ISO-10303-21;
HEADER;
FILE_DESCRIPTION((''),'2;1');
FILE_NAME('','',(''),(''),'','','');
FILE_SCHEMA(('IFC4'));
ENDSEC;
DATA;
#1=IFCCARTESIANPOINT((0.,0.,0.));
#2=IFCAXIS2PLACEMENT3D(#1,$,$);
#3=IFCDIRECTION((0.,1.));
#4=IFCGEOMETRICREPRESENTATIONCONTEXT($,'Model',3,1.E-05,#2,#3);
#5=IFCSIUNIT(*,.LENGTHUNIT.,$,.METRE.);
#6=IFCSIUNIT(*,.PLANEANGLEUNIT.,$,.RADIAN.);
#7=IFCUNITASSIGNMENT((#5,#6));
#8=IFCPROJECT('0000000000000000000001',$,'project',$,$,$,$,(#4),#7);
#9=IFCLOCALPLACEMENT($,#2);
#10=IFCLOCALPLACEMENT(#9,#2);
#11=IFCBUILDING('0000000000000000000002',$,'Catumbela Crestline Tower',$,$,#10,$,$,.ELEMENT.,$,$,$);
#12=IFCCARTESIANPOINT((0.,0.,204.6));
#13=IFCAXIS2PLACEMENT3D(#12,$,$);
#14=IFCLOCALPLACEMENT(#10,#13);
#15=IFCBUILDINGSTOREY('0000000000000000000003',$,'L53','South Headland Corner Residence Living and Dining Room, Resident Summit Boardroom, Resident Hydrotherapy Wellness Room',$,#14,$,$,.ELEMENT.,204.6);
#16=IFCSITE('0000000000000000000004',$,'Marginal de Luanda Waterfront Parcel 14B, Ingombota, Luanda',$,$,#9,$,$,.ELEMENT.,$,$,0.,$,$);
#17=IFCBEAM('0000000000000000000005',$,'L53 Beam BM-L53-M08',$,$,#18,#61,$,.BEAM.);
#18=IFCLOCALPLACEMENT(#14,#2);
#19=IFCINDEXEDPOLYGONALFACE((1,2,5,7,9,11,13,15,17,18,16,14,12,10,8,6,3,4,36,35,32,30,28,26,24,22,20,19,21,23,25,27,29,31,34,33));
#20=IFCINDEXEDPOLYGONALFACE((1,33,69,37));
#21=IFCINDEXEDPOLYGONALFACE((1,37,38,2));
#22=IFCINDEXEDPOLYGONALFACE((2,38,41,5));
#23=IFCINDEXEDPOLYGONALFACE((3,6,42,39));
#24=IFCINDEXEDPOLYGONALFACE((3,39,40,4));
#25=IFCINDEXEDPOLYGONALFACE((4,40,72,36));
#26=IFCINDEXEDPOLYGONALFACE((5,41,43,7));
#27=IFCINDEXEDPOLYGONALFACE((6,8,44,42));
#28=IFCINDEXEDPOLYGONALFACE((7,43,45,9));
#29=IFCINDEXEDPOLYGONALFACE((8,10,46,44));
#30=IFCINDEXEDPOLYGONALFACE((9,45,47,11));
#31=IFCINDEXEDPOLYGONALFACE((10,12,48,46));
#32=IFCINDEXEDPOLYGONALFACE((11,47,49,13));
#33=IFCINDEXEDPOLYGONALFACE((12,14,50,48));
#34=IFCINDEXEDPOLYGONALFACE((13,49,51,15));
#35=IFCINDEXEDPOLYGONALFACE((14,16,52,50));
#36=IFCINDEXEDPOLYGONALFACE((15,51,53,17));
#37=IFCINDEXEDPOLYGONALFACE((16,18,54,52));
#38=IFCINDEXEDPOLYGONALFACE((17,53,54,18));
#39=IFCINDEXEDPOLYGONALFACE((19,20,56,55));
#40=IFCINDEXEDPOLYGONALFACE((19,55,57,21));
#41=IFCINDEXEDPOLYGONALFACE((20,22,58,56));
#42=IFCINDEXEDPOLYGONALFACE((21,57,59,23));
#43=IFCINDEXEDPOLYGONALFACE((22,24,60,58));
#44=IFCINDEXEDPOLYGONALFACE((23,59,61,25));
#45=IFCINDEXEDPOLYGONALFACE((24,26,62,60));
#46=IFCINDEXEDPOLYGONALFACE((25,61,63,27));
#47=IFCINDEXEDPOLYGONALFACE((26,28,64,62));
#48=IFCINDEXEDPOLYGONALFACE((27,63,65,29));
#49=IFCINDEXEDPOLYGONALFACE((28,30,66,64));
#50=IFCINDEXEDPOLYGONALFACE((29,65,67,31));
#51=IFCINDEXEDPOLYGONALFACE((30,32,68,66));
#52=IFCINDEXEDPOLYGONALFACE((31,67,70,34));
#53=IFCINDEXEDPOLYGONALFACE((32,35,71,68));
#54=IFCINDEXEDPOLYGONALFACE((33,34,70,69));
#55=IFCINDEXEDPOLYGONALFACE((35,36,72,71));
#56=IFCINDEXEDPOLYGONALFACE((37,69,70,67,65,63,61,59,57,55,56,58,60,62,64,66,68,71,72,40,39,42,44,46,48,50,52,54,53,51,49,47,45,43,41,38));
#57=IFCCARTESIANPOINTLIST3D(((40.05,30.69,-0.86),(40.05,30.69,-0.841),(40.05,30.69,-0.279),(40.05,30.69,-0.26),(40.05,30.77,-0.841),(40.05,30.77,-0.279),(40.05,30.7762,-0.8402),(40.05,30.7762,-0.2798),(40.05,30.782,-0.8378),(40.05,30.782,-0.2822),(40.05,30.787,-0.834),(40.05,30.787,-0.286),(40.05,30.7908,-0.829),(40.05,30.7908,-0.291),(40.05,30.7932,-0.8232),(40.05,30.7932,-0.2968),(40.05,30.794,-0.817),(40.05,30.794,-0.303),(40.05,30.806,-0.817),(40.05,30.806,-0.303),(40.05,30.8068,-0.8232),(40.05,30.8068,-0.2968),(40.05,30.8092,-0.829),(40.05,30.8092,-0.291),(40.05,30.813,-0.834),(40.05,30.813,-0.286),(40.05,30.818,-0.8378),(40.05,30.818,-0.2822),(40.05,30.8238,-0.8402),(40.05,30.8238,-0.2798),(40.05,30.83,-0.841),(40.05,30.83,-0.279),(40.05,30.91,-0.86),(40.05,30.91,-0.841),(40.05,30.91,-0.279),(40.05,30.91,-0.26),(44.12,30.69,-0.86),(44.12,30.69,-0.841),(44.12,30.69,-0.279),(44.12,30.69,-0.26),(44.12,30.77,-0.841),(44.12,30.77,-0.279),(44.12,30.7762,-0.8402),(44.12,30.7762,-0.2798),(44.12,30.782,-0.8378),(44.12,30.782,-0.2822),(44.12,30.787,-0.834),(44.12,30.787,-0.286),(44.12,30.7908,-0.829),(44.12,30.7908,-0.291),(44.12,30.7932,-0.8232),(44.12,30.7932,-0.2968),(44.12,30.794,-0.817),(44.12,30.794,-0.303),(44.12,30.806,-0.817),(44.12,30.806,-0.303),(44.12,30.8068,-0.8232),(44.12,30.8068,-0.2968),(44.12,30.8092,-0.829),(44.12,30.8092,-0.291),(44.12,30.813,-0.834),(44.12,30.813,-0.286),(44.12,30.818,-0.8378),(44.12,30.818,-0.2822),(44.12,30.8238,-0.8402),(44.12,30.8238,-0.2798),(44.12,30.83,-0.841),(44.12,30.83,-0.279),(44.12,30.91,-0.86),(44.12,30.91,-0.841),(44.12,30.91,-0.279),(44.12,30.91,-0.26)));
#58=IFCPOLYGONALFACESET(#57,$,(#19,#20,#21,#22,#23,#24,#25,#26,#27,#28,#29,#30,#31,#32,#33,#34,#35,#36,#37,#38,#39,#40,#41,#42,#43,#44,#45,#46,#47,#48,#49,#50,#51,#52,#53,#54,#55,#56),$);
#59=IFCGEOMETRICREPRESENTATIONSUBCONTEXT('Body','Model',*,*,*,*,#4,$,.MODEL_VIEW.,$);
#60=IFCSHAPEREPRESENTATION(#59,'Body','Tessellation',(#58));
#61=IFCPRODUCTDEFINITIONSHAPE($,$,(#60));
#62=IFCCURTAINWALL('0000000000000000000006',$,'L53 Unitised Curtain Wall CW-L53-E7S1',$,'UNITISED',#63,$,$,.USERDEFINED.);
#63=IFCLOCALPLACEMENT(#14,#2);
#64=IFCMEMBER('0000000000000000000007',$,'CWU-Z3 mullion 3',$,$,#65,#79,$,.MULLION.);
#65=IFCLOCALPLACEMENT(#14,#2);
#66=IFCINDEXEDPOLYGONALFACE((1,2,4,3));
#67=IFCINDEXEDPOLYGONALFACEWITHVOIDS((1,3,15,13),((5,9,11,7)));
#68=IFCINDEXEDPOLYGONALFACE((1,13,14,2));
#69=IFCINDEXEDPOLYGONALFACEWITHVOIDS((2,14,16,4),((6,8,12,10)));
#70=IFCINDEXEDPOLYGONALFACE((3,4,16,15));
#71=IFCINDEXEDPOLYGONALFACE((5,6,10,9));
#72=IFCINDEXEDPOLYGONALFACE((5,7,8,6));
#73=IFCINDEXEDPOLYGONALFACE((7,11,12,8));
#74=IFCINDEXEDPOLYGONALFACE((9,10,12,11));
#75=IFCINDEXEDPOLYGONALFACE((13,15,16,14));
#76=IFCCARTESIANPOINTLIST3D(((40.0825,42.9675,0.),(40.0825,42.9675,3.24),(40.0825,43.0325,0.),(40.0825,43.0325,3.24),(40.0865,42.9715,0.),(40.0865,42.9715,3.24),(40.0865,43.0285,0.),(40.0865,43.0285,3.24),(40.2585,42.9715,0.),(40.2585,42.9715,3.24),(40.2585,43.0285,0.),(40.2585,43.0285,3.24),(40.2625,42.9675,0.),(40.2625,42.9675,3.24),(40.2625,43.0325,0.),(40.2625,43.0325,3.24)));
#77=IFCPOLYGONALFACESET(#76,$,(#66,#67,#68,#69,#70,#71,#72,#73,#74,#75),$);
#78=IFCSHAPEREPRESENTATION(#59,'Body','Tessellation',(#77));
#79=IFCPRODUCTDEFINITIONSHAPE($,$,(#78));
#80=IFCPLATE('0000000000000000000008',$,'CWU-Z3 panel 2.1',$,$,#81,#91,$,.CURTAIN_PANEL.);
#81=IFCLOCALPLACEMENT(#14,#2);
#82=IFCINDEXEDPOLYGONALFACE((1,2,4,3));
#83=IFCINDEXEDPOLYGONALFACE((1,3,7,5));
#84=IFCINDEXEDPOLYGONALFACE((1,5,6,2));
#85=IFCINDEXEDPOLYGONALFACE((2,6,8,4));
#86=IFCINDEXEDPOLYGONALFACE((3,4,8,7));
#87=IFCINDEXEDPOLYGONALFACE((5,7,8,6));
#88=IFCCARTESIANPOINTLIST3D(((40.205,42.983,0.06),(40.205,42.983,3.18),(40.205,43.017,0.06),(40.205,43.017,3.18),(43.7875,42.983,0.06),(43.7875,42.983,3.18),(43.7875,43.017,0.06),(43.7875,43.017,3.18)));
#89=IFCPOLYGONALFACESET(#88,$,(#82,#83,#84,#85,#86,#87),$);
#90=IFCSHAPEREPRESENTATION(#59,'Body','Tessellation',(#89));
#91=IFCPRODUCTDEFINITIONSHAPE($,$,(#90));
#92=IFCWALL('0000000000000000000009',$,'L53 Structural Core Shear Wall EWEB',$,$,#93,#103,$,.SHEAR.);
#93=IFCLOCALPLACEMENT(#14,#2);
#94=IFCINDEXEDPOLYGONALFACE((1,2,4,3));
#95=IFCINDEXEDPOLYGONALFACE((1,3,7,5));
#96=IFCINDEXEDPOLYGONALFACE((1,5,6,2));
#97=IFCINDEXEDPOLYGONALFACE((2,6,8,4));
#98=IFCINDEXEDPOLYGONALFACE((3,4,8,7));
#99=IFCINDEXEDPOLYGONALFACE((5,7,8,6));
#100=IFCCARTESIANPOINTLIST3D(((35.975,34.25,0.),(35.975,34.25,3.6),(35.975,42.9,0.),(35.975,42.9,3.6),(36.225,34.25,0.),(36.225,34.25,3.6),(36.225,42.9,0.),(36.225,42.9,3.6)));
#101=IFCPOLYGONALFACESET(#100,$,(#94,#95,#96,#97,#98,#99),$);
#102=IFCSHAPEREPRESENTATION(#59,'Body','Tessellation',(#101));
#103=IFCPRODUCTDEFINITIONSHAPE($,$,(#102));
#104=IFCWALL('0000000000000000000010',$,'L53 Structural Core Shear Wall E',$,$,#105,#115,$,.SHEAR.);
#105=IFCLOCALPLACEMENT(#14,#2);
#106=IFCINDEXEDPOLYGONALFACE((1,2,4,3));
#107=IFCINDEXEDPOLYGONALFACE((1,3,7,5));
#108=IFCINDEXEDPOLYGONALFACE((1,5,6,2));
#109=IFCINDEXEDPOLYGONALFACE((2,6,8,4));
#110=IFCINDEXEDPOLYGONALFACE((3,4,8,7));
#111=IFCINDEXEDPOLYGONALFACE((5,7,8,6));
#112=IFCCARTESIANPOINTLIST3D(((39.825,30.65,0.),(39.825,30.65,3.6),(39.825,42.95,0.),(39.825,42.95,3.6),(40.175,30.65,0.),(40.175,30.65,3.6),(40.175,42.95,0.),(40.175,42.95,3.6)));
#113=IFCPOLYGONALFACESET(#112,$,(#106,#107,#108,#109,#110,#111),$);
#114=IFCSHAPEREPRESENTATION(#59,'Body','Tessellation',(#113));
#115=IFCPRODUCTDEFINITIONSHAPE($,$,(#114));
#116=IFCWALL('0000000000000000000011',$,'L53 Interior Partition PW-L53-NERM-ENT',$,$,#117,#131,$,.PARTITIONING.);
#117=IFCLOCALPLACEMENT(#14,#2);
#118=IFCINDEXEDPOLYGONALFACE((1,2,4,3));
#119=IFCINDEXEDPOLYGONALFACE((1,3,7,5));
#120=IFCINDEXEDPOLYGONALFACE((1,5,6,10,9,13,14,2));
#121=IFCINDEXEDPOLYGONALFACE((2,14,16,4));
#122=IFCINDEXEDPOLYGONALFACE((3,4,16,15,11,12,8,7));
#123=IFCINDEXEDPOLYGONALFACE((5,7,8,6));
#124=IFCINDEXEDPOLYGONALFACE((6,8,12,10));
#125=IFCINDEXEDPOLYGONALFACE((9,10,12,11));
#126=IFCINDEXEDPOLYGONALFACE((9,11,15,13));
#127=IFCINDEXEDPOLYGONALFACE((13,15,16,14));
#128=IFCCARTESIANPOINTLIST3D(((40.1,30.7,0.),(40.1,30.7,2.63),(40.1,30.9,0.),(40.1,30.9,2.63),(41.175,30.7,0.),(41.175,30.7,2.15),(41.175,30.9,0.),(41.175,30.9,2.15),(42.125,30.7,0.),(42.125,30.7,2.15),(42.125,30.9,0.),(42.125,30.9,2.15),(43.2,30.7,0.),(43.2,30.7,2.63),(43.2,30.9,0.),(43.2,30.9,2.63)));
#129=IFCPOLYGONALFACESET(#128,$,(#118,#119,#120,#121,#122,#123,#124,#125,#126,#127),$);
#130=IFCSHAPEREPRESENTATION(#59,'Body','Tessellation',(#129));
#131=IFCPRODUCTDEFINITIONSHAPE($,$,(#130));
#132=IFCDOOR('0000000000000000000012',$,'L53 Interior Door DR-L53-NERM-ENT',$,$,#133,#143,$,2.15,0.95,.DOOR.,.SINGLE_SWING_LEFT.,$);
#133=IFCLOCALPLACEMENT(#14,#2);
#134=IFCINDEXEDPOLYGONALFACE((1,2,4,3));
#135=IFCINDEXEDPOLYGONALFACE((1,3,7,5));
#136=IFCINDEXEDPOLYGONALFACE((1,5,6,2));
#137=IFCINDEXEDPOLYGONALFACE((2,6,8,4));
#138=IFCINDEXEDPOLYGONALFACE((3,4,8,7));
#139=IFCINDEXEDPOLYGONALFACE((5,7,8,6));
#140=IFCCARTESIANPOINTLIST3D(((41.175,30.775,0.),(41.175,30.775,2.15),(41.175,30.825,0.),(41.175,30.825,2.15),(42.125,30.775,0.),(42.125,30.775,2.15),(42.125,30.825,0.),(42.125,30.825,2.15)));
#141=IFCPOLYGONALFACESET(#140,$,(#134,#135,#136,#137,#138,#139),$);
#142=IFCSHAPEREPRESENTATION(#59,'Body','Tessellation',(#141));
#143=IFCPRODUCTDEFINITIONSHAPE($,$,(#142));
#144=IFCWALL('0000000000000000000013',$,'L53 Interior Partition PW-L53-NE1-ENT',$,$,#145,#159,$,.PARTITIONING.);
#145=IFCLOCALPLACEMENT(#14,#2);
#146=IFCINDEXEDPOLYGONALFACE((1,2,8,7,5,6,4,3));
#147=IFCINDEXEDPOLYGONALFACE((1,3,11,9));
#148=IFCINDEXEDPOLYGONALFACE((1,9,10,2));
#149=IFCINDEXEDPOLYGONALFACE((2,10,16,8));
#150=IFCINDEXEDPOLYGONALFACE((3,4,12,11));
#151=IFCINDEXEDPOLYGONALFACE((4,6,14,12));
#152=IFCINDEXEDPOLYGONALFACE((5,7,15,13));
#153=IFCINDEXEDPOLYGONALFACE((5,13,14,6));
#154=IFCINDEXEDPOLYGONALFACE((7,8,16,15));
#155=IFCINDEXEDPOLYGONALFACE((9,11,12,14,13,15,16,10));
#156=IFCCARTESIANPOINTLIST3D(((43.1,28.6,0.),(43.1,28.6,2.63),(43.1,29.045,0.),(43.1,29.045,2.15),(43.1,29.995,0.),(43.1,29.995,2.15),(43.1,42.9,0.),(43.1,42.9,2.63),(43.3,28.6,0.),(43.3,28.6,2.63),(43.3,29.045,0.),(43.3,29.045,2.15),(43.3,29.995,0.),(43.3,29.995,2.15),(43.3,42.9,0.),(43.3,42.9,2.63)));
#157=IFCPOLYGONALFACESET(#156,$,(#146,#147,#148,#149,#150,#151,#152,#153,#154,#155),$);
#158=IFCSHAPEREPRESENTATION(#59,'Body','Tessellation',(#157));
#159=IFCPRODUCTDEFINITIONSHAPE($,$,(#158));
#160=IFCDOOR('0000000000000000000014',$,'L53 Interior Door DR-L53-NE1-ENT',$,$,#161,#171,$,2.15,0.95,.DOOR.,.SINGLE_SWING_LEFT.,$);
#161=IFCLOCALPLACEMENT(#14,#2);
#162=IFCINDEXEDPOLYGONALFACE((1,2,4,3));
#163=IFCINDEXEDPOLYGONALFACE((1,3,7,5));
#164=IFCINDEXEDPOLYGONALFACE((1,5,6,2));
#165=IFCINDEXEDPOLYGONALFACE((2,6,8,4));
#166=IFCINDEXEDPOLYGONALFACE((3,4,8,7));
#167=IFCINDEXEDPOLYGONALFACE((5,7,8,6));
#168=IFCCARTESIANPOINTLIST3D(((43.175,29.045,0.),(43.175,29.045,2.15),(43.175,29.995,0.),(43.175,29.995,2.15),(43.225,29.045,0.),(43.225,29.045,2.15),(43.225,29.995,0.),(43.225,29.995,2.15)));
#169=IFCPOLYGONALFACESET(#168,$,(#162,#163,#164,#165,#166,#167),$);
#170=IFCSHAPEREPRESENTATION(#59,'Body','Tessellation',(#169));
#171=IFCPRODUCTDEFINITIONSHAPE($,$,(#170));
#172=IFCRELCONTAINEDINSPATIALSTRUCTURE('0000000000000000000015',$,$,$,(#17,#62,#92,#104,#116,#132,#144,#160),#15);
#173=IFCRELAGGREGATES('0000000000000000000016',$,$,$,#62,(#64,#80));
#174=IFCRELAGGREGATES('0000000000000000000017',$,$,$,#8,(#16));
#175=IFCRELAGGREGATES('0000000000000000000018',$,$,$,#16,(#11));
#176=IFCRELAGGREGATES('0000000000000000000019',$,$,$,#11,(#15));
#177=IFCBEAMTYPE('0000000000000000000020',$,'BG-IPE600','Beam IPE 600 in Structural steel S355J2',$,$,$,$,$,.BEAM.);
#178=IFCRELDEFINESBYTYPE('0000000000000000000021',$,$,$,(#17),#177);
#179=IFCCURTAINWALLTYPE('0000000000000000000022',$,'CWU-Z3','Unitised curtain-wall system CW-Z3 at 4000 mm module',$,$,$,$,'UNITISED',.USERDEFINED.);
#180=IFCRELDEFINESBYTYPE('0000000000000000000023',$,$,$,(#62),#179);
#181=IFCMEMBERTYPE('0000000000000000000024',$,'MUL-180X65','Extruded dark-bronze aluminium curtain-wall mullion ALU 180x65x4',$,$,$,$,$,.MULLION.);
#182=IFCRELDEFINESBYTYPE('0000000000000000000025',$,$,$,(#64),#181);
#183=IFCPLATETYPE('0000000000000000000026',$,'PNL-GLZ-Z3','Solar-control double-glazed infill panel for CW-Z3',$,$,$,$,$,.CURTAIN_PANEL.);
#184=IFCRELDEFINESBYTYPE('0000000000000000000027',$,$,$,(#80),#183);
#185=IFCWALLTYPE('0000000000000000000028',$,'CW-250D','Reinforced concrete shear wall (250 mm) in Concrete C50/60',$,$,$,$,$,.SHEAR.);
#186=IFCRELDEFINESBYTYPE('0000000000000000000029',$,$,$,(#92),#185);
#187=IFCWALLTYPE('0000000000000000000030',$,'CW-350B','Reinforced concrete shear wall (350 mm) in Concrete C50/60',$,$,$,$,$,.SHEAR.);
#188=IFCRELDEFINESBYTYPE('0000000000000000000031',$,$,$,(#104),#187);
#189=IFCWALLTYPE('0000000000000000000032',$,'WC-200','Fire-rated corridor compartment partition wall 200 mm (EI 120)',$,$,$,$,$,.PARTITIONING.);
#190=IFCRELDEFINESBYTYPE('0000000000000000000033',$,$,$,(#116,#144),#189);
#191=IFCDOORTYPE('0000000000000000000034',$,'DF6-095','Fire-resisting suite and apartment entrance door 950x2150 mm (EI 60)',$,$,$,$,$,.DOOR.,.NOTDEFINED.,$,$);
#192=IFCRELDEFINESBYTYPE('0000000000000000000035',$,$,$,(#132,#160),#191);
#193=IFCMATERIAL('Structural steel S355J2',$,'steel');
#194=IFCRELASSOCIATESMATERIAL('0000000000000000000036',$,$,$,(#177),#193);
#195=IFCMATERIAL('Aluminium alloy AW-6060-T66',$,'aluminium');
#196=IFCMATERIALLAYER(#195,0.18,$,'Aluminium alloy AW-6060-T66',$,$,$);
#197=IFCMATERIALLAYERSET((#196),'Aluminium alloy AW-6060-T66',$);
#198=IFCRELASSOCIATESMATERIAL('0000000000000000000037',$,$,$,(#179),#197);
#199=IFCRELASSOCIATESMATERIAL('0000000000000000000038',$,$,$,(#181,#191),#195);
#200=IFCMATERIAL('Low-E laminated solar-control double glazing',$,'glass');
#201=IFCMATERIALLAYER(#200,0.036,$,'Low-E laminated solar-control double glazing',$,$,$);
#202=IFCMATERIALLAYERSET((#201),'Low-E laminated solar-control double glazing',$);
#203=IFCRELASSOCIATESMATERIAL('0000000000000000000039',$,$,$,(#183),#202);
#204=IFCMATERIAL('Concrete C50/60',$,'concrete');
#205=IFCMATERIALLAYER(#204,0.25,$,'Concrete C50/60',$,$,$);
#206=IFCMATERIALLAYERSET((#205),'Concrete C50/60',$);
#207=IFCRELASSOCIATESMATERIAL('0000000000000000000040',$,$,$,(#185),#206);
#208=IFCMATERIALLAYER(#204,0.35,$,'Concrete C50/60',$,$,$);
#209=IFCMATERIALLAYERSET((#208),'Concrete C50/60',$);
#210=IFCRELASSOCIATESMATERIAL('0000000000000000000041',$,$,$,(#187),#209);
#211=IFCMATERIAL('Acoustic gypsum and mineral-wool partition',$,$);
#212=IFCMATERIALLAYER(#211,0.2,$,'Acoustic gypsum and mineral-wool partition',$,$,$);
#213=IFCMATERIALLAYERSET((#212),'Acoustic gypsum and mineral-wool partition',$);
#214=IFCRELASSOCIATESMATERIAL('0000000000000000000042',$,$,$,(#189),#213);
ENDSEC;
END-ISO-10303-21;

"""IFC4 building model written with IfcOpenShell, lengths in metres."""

from ifc_helpers import new_model, si_unit, direction, frame, frame_2d, origin, origin_2d, place, context, subcontext, project, spatial, rectangle, hollow_rectangle, i_section, extrude, material, layer, layer_set, material_profile, profile_set, type_object, element, fill, aggregate, save


model = new_model("IFC4")

# Units and contexts
model_context = context("Model", 3, precision=1e-05, world=origin(), true_north=direction((0.0, 1.0)))
body_context = subcontext(model_context, "Body", "Model", "MODEL_VIEW")
ifc_project = project(units=[si_unit("LENGTHUNIT", "METRE"), si_unit("PLANEANGLEUNIT", "RADIAN")], contexts=[model_context])

# Site, building, storey
site_placement = place(None, origin())
site = spatial("IfcSite", under=ifc_project, at=site_placement, Name="Marginal de Luanda Waterfront Parcel 14B, Ingombota, Luanda", CompositionType="ELEMENT", RefElevation=0.0)
building_placement = place(site_placement, origin())
building = spatial("IfcBuilding", under=site, at=building_placement, Name="Catumbela Crestline Tower", CompositionType="ELEMENT")
storey_placement = place(building_placement, frame((0.0, 0.0, 204.6)))
storey = spatial("IfcBuildingStorey", under=building, at=storey_placement, Name="L53", Description="South Headland Corner Residence Living and Dining Room, Resident Summit Boardroom, Resident Hydrotherapy Wellness Room", CompositionType="ELEMENT", Elevation=204.6)

# Beam
ifc_material_1 = material(Name="Structural steel S355J2", Category="steel")
ifc_material_profile_1 = material_profile(ifc_material_1, i_section(OverallWidth=0.22, OverallDepth=0.6, WebThickness=0.012, FlangeThickness=0.019, FilletRadius=0.024, at=origin_2d()), Name="IPE 600")
ifc_profile_set_1 = profile_set([ifc_material_profile_1], Name="Structural steel S355J2")
beam_type = type_object("IfcBeamType", Name="BG-IPE600", Description="Beam IPE 600 in Structural steel S355J2", PredefinedType="BEAM", material=ifc_profile_set_1)
beam_placement = place(storey_placement, frame((40.05, 30.8, -0.56), z_axis=(1.0, 0.0, 0.0), x_axis=(0.0, 1.0, 0.0)))
element("IfcBeam", 1, at=beam_placement, inside=storey, type_object=beam_type, Name="L53 Beam BM-L53-M08", PredefinedType="BEAM", context=body_context, shape_type="SweptSolid", body=[
    extrude(i_section(OverallWidth=0.22, OverallDepth=0.6, WebThickness=0.012, FlangeThickness=0.019, FilletRadius=0.024, at=origin_2d()), origin(), (0.0, 0.0, 1.0), 4.07),
])

# Curtain wall, member, plate
ifc_material_2 = material(Name="Aluminium alloy AW-6060-T66", Category="aluminium")
ifc_layer_1 = layer(ifc_material_2, 0.18, Name="Aluminium alloy AW-6060-T66")
ifc_layer_set_1 = layer_set([ifc_layer_1], Name="Aluminium alloy AW-6060-T66")
curtain_wall_type = type_object("IfcCurtainWallType", Name="CWU-Z3", Description="Unitised curtain-wall system CW-Z3 at 4000 mm module", ElementType="UNITISED", PredefinedType="USERDEFINED", material=ifc_layer_set_1)
curtain_wall_placement = place(storey_placement, origin())
curtain_wall = element("IfcCurtainWall", 2, at=curtain_wall_placement, inside=storey, type_object=curtain_wall_type, Name="L53 Unitised Curtain Wall CW-L53-E7S1", ObjectType="UNITISED", PredefinedType="USERDEFINED")
ifc_material_profile_2 = material_profile(ifc_material_2, hollow_rectangle(XDim=0.065, YDim=0.18, WallThickness=0.004, at=origin_2d()), Name="ALU 180x65x4")
ifc_profile_set_2 = profile_set([ifc_material_profile_2], Name="Aluminium alloy AW-6060-T66")
member_type = type_object("IfcMemberType", Name="MUL-180X65", Description="Extruded dark-bronze aluminium curtain-wall mullion ALU 180x65x4", PredefinedType="MULLION", material=ifc_profile_set_2)
member_placement = place(storey_placement, frame((40.1725, 43.0, 0.0), z_axis=(0.0, 0.0, 1.0), x_axis=(0.0, -1.0, 0.0)))
member = element("IfcMember", 3, at=member_placement, type_object=member_type, Name="CWU-Z3 mullion 3", PredefinedType="MULLION", context=body_context, shape_type="SweptSolid", body=[
    extrude(hollow_rectangle(XDim=0.065, YDim=0.18, WallThickness=0.004, at=origin_2d()), origin(), (0.0, 0.0, 1.0), 3.24),
])
ifc_material_3 = material(Name="Low-E laminated solar-control double glazing", Category="glass")
ifc_layer_2 = layer(ifc_material_3, 0.036, Name="Low-E laminated solar-control double glazing")
ifc_layer_set_2 = layer_set([ifc_layer_2], Name="Low-E laminated solar-control double glazing")
plate_type = type_object("IfcPlateType", Name="PNL-GLZ-Z3", Description="Solar-control double-glazed infill panel for CW-Z3", PredefinedType="CURTAIN_PANEL", material=ifc_layer_set_2)
plate_placement = place(storey_placement, frame((41.9963, 43.0, 0.06), z_axis=(0.0, 0.0, 1.0), x_axis=(-1.0, 0.0, 0.0)))
plate = element("IfcPlate", 4, at=plate_placement, type_object=plate_type, Name="CWU-Z3 panel 2.1", PredefinedType="CURTAIN_PANEL", context=body_context, shape_type="SweptSolid", body=[
    extrude(rectangle(XDim=3.5825, YDim=0.034, at=origin_2d()), origin(), (0.0, 0.0, 1.0), 3.12),
])
aggregate(curtain_wall, [member, plate])

# Walls
ifc_material_4 = material(Name="Concrete C50/60", Category="concrete")
ifc_layer_3 = layer(ifc_material_4, 0.25, Name="Concrete C50/60")
ifc_layer_set_3 = layer_set([ifc_layer_3], Name="Concrete C50/60")
wall_type_1 = type_object("IfcWallType", Name="CW-250D", Description="Reinforced concrete shear wall (250 mm) in Concrete C50/60", PredefinedType="SHEAR", material=ifc_layer_set_3)
wall_1_placement = place(storey_placement, frame((36.1, 34.25, 0.0), z_axis=(0.0, 0.0, 1.0), x_axis=(0.0, 1.0, 0.0)))
element("IfcWall", 5, at=wall_1_placement, inside=storey, type_object=wall_type_1, Name="L53 Structural Core Shear Wall EWEB", PredefinedType="SHEAR", context=body_context, shape_type="SweptSolid", body=[
    extrude(rectangle(XDim=8.65, YDim=0.25, at=frame_2d((4.325, 0.0))), origin(), (0.0, 0.0, 1.0), 3.6),
])
ifc_layer_4 = layer(ifc_material_4, 0.35, Name="Concrete C50/60")
ifc_layer_set_4 = layer_set([ifc_layer_4], Name="Concrete C50/60")
wall_type_2 = type_object("IfcWallType", Name="CW-350B", Description="Reinforced concrete shear wall (350 mm) in Concrete C50/60", PredefinedType="SHEAR", material=ifc_layer_set_4)
wall_2_placement = place(storey_placement, frame((40.0, 30.65, 0.0), z_axis=(0.0, 0.0, 1.0), x_axis=(0.0, 1.0, 0.0)))
element("IfcWall", 6, at=wall_2_placement, inside=storey, type_object=wall_type_2, Name="L53 Structural Core Shear Wall E", PredefinedType="SHEAR", context=body_context, shape_type="SweptSolid", body=[
    extrude(rectangle(XDim=12.3, YDim=0.35, at=frame_2d((6.15, 0.0))), origin(), (0.0, 0.0, 1.0), 3.6),
])

# Walls, openings, doors
ifc_material_5 = material(Name="Acoustic gypsum and mineral-wool partition")
ifc_layer_5 = layer(ifc_material_5, 0.2, Name="Acoustic gypsum and mineral-wool partition")
ifc_layer_set_5 = layer_set([ifc_layer_5], Name="Acoustic gypsum and mineral-wool partition")
wall_type_3 = type_object("IfcWallType", Name="WC-200", Description="Fire-rated corridor compartment partition wall 200 mm (EI 120)", PredefinedType="PARTITIONING", material=ifc_layer_set_5)
wall_3_placement = place(storey_placement, frame((40.1, 30.8, 0.0), z_axis=(0.0, 0.0, 1.0), x_axis=(1.0, 0.0, 0.0)))
wall_3 = element("IfcWall", 7, at=wall_3_placement, inside=storey, type_object=wall_type_3, Name="L53 Interior Partition PW-L53-NERM-ENT", PredefinedType="PARTITIONING", context=body_context, shape_type="SweptSolid", body=[
    extrude(rectangle(XDim=3.1, YDim=0.2, at=frame_2d((1.55, 0.0))), origin(), (0.0, 0.0, 1.0), 2.63),
])
opening_1_placement = place(wall_3_placement, frame((1.075, 0.0, 0.0)))
opening_1 = element("IfcOpeningElement", 8, at=opening_1_placement, cuts=wall_3, PredefinedType="OPENING", context=body_context, shape_type="SweptSolid", body=[
    extrude(rectangle(XDim=0.95, YDim=2.15, at=frame_2d((0.475, 1.075))), frame((0.0, 0.11, 0.0), z_axis=(0.0, -1.0, 0.0), x_axis=(1.0, 0.0, 0.0)), (0.0, 0.0, 1.0), 0.22),
])
door_type_1 = type_object("IfcDoorType", Name="DF6-095", Description="Fire-resisting suite and apartment entrance door 950x2150 mm (EI 60)", OperationType="NOTDEFINED", PredefinedType="DOOR", material=ifc_material_2)
door_1_placement = place(opening_1_placement, origin())
door_1 = element("IfcDoor", 9, at=door_1_placement, inside=storey, type_object=door_type_1, Name="L53 Interior Door DR-L53-NERM-ENT", OperationType="SINGLE_SWING_LEFT", OverallHeight=2.15, OverallWidth=0.95, PredefinedType="DOOR", context=body_context, shape_type="SweptSolid", body=[
    extrude(rectangle(XDim=0.95, YDim=2.15, at=frame_2d((0.475, 1.075))), frame((0.0, 0.025, 0.0), z_axis=(0.0, -1.0, 0.0), x_axis=(1.0, 0.0, 0.0)), (0.0, 0.0, 1.0), 0.05),
])
fill(opening_1, door_1)
wall_4_placement = place(storey_placement, frame((43.2, 28.6, 0.0), z_axis=(0.0, 0.0, 1.0), x_axis=(0.0, 1.0, 0.0)))
wall_4 = element("IfcWall", 10, at=wall_4_placement, inside=storey, type_object=wall_type_3, Name="L53 Interior Partition PW-L53-NE1-ENT", PredefinedType="PARTITIONING", context=body_context, shape_type="SweptSolid", body=[
    extrude(rectangle(XDim=14.3, YDim=0.2, at=frame_2d((7.15, 0.0))), origin(), (0.0, 0.0, 1.0), 2.63),
])
opening_2_placement = place(wall_4_placement, frame((0.445, 0.0, 0.0)))
opening_2 = element("IfcOpeningElement", 11, at=opening_2_placement, cuts=wall_4, PredefinedType="OPENING", context=body_context, shape_type="SweptSolid", body=[
    extrude(rectangle(XDim=0.95, YDim=2.15, at=frame_2d((0.475, 1.075))), frame((0.0, 0.11, 0.0), z_axis=(0.0, -1.0, 0.0), x_axis=(1.0, 0.0, 0.0)), (0.0, 0.0, 1.0), 0.22),
])
door_2_placement = place(opening_2_placement, origin())
door_2 = element("IfcDoor", 12, at=door_2_placement, inside=storey, type_object=door_type_1, Name="L53 Interior Door DR-L53-NE1-ENT", OperationType="SINGLE_SWING_LEFT", OverallHeight=2.15, OverallWidth=0.95, PredefinedType="DOOR", context=body_context, shape_type="SweptSolid", body=[
    extrude(rectangle(XDim=0.95, YDim=2.15, at=frame_2d((0.475, 1.075))), frame((0.0, 0.025, 0.0), z_axis=(0.0, -1.0, 0.0), x_axis=(1.0, 0.0, 0.0)), (0.0, 0.0, 1.0), 0.05),
])
fill(opening_2, door_2)

save(model, "model.ifc")
